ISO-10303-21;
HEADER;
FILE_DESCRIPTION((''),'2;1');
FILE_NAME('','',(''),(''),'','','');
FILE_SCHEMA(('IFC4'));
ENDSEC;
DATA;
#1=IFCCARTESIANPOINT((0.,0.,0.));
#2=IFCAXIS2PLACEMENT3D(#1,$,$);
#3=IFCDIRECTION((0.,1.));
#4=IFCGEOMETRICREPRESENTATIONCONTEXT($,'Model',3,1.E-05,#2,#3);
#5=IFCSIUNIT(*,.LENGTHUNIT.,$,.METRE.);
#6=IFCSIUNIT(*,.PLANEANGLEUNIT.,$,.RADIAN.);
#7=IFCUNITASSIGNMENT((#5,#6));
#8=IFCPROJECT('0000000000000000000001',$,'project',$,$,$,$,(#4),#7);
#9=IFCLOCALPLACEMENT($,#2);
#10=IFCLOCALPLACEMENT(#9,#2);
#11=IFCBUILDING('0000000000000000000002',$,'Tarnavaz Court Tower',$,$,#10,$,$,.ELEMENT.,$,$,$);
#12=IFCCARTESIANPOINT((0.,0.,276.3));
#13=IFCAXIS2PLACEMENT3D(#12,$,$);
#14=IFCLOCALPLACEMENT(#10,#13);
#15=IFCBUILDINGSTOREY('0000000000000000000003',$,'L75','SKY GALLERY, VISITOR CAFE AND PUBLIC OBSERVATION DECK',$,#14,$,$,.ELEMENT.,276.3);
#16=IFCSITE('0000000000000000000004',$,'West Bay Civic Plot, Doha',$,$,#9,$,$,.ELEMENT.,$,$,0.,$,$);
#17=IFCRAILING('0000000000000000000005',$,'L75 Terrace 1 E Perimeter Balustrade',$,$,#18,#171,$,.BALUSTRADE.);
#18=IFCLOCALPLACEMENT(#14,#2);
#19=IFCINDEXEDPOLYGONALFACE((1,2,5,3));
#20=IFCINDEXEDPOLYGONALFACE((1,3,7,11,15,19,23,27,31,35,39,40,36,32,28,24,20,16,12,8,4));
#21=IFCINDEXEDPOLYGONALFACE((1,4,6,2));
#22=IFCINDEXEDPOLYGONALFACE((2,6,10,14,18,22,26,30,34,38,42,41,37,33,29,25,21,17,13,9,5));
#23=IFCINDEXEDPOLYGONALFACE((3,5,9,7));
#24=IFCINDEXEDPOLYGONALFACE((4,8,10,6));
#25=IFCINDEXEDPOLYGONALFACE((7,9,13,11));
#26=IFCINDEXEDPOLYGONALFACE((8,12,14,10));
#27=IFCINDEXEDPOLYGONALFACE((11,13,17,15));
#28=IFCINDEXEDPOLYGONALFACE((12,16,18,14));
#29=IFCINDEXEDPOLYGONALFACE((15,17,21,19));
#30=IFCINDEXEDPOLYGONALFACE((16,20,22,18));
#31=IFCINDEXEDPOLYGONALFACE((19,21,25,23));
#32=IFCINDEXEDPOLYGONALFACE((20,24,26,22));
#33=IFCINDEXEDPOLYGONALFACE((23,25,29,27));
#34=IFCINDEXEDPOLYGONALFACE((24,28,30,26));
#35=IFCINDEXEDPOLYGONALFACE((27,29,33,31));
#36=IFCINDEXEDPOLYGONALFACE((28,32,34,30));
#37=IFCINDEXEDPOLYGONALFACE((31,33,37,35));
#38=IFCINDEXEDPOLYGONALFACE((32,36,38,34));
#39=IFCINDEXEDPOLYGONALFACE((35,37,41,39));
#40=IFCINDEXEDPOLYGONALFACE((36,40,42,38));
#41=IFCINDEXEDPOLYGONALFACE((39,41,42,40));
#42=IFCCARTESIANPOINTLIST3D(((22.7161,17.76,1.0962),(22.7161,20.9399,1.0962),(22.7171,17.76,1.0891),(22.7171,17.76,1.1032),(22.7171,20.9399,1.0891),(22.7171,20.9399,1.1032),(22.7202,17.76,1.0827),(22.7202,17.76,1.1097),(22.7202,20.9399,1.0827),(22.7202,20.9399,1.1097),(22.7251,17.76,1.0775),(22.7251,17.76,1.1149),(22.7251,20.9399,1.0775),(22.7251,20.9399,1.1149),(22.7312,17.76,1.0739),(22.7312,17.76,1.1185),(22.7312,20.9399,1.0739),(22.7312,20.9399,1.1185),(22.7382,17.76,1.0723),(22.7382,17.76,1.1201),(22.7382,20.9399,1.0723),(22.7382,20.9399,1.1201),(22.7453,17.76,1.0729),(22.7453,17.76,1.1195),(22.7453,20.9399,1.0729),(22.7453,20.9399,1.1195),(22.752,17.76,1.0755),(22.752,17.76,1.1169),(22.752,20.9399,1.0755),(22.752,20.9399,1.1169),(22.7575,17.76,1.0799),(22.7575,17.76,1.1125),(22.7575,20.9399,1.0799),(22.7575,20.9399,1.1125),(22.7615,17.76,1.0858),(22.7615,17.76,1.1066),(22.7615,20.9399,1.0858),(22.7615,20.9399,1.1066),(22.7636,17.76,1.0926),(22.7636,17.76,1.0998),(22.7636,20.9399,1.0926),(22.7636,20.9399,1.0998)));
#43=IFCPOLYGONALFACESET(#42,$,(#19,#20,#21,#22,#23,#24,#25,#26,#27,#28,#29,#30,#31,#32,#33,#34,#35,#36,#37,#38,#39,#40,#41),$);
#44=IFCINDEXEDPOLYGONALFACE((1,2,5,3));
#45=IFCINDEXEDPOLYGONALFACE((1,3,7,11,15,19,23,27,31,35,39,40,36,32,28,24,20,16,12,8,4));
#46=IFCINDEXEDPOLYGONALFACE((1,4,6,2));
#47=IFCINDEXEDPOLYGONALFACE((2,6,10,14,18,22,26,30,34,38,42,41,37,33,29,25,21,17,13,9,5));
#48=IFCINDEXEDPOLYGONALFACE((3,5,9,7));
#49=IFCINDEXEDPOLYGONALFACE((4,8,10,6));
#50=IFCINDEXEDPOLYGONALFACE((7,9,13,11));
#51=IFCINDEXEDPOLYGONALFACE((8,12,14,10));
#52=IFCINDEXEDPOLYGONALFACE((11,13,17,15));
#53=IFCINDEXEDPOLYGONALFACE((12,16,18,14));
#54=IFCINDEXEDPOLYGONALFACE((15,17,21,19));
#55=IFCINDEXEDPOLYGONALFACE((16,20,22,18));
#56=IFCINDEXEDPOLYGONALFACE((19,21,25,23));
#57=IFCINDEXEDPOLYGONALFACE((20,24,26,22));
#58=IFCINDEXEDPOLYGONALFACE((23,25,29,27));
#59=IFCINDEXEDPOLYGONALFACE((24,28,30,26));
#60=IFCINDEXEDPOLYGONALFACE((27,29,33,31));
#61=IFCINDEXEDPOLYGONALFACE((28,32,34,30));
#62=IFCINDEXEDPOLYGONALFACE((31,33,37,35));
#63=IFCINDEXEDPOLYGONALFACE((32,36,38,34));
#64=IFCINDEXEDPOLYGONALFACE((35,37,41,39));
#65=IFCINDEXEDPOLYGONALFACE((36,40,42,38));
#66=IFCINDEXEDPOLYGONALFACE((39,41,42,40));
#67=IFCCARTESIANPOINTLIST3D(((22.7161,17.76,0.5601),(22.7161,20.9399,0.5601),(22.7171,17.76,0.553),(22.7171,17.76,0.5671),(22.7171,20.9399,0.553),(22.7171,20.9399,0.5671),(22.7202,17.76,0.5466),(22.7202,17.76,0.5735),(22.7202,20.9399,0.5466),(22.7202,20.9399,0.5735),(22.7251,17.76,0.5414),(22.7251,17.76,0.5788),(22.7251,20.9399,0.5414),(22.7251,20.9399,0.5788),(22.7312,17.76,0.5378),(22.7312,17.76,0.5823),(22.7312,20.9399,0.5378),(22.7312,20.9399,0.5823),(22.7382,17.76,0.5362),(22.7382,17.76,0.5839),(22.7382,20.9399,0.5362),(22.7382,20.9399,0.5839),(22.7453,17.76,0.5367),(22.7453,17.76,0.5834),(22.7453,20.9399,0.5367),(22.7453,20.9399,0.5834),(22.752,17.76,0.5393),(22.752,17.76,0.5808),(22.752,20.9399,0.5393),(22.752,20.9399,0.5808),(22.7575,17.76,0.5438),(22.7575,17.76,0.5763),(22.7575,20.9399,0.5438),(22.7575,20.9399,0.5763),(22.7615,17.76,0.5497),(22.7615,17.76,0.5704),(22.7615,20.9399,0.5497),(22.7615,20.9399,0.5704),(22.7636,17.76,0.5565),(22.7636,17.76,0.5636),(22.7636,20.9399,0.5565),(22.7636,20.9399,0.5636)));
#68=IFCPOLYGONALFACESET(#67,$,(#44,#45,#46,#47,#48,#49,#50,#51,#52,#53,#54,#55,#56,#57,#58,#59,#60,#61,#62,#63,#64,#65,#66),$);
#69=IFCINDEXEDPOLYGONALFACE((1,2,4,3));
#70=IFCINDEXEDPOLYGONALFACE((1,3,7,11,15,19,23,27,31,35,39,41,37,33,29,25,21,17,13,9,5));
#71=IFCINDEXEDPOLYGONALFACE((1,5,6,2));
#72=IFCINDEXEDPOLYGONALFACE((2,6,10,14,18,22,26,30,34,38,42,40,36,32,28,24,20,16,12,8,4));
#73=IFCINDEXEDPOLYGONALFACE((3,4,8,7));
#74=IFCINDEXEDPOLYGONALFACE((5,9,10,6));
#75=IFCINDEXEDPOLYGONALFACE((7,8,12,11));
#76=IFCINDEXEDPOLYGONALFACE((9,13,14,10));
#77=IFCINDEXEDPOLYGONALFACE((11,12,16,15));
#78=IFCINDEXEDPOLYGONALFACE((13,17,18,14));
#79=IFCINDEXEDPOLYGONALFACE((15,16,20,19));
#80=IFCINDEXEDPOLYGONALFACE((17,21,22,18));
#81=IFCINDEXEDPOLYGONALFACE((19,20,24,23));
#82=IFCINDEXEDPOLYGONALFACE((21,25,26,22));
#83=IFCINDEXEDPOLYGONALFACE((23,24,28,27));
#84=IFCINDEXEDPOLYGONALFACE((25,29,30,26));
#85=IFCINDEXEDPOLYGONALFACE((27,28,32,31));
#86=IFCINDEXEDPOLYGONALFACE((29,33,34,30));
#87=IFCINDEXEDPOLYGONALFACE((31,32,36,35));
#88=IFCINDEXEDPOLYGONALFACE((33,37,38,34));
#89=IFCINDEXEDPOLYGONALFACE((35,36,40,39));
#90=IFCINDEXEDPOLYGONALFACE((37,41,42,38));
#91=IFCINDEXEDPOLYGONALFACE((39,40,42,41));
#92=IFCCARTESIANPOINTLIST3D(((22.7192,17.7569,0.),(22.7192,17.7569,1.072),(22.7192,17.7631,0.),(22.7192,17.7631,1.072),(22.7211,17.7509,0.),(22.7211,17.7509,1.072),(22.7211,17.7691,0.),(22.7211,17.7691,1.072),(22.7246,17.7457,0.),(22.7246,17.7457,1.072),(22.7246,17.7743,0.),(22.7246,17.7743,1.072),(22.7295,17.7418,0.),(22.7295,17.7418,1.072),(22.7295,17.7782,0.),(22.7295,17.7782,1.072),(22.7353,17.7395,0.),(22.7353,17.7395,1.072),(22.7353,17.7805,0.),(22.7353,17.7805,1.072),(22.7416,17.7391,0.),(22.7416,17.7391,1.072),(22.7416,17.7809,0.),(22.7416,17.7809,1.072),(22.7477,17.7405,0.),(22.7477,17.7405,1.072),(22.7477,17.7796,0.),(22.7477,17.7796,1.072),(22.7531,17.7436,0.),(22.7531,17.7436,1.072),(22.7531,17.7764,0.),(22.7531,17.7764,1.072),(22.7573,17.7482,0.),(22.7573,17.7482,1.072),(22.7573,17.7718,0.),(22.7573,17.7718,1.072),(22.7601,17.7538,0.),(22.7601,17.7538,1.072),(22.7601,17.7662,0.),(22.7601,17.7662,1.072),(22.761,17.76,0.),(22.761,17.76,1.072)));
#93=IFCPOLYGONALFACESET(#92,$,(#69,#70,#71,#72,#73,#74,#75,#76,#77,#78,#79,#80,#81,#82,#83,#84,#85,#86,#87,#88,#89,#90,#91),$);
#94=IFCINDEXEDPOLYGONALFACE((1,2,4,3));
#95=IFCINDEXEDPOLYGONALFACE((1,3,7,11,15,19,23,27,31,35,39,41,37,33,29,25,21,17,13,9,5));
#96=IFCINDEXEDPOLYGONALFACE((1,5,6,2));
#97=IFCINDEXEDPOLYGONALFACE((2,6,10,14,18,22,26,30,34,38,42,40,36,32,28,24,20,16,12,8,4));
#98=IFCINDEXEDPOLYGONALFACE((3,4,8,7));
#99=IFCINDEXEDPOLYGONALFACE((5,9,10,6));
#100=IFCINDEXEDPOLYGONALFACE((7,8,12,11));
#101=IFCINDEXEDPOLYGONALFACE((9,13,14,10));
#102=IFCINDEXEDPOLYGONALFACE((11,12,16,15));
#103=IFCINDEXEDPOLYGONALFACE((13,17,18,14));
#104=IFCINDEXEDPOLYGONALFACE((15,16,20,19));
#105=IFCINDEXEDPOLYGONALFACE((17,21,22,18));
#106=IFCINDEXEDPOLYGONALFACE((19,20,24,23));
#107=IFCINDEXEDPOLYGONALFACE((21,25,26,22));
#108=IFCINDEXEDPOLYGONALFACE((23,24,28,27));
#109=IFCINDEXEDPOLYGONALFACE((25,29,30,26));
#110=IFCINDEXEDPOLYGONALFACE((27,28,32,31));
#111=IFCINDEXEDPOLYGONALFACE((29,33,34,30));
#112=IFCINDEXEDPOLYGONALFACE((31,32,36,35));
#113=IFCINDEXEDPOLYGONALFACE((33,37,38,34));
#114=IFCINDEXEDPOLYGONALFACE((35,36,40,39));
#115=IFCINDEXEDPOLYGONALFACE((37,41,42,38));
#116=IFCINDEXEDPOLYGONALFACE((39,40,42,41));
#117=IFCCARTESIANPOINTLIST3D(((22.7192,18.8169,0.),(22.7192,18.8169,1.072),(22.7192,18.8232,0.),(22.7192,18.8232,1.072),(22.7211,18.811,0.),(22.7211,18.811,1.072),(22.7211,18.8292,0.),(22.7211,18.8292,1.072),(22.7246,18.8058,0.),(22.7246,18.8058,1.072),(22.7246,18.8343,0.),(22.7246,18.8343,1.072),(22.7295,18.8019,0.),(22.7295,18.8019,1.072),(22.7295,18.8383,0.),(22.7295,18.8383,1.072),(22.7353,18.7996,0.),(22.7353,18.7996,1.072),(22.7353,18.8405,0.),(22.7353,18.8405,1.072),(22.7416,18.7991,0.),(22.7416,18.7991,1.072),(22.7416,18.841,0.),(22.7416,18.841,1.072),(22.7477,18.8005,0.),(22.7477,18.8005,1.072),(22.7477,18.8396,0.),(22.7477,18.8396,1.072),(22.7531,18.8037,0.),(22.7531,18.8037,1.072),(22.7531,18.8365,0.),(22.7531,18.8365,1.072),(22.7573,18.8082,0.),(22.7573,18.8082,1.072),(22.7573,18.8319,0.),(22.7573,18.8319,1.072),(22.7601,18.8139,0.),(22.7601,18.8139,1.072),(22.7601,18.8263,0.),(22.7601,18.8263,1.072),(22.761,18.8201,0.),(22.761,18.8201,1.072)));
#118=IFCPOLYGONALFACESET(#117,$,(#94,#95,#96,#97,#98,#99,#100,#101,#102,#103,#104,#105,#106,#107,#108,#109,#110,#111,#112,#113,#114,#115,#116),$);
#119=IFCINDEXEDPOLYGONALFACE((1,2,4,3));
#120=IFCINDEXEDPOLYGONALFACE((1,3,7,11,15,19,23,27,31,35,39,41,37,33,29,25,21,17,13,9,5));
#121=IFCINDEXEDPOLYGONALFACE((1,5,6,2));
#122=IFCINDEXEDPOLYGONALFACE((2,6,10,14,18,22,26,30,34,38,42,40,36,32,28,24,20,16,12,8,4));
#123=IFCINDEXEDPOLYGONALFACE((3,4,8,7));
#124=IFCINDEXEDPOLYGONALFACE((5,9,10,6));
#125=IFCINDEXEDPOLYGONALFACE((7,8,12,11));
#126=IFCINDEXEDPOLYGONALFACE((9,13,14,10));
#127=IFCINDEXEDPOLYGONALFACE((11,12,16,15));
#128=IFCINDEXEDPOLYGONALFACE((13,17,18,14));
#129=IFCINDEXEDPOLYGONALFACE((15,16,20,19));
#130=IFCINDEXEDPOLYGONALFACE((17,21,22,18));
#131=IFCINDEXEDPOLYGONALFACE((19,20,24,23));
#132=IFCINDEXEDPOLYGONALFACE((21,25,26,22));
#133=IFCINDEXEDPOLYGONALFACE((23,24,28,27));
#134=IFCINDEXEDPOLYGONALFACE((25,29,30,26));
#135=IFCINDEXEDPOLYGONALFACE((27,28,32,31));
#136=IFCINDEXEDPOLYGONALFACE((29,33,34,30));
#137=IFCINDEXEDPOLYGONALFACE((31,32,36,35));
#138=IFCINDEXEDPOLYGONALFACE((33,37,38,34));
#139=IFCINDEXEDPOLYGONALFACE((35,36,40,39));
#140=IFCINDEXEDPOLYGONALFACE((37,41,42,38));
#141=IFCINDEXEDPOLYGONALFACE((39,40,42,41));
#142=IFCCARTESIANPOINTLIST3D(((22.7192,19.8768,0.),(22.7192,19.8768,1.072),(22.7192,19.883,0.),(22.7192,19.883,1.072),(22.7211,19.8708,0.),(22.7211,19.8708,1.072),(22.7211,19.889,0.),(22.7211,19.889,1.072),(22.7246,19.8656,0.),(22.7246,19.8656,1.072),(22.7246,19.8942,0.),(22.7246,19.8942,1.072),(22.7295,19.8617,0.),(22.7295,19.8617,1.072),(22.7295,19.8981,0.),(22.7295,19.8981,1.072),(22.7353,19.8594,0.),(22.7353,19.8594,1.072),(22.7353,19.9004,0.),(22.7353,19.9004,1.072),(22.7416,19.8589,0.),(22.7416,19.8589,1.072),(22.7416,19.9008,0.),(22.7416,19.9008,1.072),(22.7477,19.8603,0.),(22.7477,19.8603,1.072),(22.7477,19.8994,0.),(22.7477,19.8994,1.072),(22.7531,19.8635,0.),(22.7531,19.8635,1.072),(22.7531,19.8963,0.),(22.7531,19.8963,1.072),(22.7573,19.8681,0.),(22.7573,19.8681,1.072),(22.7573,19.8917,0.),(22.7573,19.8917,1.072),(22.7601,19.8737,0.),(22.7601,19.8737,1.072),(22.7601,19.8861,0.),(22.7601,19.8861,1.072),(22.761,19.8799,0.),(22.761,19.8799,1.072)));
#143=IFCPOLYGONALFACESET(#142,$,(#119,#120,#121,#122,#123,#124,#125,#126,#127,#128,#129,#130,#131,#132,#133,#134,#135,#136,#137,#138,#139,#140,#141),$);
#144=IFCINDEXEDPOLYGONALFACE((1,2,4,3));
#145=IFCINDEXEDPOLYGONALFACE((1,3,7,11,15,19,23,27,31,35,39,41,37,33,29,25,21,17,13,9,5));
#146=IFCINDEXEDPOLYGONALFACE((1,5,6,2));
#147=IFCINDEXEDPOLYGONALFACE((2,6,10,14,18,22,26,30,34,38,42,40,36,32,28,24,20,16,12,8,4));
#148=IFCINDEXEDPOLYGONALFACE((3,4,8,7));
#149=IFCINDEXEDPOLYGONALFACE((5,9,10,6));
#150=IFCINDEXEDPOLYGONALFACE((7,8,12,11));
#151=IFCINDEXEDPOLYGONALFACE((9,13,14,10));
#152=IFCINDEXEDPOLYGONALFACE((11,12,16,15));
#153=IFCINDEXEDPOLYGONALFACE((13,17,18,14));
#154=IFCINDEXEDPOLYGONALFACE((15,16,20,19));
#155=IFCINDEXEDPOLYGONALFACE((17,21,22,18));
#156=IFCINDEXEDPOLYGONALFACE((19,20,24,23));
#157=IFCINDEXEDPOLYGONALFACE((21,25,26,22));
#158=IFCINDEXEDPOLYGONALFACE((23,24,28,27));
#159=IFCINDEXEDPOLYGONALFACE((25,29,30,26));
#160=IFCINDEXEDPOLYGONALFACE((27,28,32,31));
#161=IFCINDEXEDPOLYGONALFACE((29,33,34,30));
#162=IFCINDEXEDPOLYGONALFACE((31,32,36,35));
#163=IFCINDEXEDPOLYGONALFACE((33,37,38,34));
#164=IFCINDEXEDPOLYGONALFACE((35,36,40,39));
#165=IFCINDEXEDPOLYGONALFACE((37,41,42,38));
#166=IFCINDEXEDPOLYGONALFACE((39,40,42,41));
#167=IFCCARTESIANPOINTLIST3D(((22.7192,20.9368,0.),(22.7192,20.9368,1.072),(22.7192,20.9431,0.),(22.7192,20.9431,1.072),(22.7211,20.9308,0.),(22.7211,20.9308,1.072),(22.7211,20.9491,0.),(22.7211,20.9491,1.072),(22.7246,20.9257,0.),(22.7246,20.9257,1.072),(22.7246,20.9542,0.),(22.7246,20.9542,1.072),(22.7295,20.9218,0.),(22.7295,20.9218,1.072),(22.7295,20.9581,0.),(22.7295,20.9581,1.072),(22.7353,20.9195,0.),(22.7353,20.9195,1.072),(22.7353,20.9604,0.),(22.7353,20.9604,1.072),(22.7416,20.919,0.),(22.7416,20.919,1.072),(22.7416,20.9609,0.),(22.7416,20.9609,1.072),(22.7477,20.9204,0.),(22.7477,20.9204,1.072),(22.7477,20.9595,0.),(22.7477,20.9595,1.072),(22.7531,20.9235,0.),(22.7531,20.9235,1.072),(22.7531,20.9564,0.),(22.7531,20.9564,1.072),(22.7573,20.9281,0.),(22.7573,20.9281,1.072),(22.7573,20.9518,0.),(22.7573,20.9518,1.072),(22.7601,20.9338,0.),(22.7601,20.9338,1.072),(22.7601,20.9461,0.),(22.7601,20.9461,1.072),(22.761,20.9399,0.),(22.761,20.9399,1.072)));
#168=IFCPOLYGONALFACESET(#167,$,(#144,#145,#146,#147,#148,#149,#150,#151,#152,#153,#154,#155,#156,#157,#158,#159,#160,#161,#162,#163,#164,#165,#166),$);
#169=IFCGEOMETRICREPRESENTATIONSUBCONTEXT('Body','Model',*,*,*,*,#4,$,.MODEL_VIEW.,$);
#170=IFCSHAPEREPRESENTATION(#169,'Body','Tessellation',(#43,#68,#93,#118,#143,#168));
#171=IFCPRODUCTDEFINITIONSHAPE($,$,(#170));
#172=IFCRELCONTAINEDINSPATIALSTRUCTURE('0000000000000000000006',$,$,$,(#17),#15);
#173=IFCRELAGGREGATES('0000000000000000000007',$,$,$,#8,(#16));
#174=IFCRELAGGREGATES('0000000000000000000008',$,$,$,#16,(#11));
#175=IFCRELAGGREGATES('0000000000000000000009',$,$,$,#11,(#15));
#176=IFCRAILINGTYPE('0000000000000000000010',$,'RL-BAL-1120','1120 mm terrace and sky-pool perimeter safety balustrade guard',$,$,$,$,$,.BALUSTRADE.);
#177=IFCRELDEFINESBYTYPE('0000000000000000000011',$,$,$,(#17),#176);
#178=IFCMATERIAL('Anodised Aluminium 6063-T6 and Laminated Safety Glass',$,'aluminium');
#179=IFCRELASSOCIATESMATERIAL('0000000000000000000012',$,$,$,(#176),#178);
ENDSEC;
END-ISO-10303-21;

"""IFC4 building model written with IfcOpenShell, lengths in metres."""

from ifc_helpers import new_model, si_unit, direction, frame, origin, origin_2d, place, context, subcontext, project, spatial, circle, extrude, material, type_object, element, save


model = new_model("IFC4")

# Units and contexts
model_context = context("Model", 3, precision=1e-05, world=origin(), true_north=direction((0.0, 1.0)))
body_context = subcontext(model_context, "Body", "Model", "MODEL_VIEW")
ifc_project = project(units=[si_unit("LENGTHUNIT", "METRE"), si_unit("PLANEANGLEUNIT", "RADIAN")], contexts=[model_context])

# Site, building, storey
site_placement = place(None, origin())
site = spatial("IfcSite", under=ifc_project, at=site_placement, Name="West Bay Civic Plot, Doha", CompositionType="ELEMENT", RefElevation=0.0)
building_placement = place(site_placement, origin())
building = spatial("IfcBuilding", under=site, at=building_placement, Name="Tarnavaz Court Tower", CompositionType="ELEMENT")
storey_placement = place(building_placement, frame((0.0, 0.0, 276.3)))
storey = spatial("IfcBuildingStorey", under=building, at=storey_placement, Name="L75", Description="SKY GALLERY, VISITOR CAFE AND PUBLIC OBSERVATION DECK", CompositionType="ELEMENT", Elevation=276.3)

# Railing
ifc_material_1 = material(Name="Anodised Aluminium 6063-T6 and Laminated Safety Glass", Category="aluminium")
railing_type = type_object("IfcRailingType", Name="RL-BAL-1120", Description="1120 mm terrace and sky-pool perimeter safety balustrade guard", PredefinedType="BALUSTRADE", material=ifc_material_1)
railing_1_placement = place(storey_placement, frame((22.74, 17.76, 0.0)))
element("IfcRailing", 1, at=railing_1_placement, inside=storey, type_object=railing_type, Name="L75 Terrace 1 E Perimeter Balustrade", PredefinedType="BALUSTRADE", context=body_context, shape_type="SweptSolid", body=[
    extrude(circle(Radius=0.0239, at=origin_2d()), frame((0.0, 0.0, 1.0962), z_axis=(0.0, 1.0, 0.0), x_axis=(-1.0, 0.0, 0.0)), (0.0, 0.0, 1.0), 3.1799),
    extrude(circle(Radius=0.0239, at=origin_2d()), frame((0.0, 0.0, 0.5601), z_axis=(0.0, 1.0, 0.0), x_axis=(-1.0, 0.0, 0.0)), (0.0, 0.0, 1.0), 3.1799),
    extrude(circle(Radius=0.021, at=origin_2d()), origin(), (0.0, 0.0, 1.0), 1.072),
    extrude(circle(Radius=0.021, at=origin_2d()), frame((0.0, 1.0601, 0.0)), (0.0, 0.0, 1.0), 1.072),
    extrude(circle(Radius=0.021, at=origin_2d()), frame((0.0, 2.1199, 0.0)), (0.0, 0.0, 1.0), 1.072),
    extrude(circle(Radius=0.021, at=origin_2d()), frame((0.0, 3.1799, 0.0)), (0.0, 0.0, 1.0), 1.072),
])

save(model, "model.ifc")
